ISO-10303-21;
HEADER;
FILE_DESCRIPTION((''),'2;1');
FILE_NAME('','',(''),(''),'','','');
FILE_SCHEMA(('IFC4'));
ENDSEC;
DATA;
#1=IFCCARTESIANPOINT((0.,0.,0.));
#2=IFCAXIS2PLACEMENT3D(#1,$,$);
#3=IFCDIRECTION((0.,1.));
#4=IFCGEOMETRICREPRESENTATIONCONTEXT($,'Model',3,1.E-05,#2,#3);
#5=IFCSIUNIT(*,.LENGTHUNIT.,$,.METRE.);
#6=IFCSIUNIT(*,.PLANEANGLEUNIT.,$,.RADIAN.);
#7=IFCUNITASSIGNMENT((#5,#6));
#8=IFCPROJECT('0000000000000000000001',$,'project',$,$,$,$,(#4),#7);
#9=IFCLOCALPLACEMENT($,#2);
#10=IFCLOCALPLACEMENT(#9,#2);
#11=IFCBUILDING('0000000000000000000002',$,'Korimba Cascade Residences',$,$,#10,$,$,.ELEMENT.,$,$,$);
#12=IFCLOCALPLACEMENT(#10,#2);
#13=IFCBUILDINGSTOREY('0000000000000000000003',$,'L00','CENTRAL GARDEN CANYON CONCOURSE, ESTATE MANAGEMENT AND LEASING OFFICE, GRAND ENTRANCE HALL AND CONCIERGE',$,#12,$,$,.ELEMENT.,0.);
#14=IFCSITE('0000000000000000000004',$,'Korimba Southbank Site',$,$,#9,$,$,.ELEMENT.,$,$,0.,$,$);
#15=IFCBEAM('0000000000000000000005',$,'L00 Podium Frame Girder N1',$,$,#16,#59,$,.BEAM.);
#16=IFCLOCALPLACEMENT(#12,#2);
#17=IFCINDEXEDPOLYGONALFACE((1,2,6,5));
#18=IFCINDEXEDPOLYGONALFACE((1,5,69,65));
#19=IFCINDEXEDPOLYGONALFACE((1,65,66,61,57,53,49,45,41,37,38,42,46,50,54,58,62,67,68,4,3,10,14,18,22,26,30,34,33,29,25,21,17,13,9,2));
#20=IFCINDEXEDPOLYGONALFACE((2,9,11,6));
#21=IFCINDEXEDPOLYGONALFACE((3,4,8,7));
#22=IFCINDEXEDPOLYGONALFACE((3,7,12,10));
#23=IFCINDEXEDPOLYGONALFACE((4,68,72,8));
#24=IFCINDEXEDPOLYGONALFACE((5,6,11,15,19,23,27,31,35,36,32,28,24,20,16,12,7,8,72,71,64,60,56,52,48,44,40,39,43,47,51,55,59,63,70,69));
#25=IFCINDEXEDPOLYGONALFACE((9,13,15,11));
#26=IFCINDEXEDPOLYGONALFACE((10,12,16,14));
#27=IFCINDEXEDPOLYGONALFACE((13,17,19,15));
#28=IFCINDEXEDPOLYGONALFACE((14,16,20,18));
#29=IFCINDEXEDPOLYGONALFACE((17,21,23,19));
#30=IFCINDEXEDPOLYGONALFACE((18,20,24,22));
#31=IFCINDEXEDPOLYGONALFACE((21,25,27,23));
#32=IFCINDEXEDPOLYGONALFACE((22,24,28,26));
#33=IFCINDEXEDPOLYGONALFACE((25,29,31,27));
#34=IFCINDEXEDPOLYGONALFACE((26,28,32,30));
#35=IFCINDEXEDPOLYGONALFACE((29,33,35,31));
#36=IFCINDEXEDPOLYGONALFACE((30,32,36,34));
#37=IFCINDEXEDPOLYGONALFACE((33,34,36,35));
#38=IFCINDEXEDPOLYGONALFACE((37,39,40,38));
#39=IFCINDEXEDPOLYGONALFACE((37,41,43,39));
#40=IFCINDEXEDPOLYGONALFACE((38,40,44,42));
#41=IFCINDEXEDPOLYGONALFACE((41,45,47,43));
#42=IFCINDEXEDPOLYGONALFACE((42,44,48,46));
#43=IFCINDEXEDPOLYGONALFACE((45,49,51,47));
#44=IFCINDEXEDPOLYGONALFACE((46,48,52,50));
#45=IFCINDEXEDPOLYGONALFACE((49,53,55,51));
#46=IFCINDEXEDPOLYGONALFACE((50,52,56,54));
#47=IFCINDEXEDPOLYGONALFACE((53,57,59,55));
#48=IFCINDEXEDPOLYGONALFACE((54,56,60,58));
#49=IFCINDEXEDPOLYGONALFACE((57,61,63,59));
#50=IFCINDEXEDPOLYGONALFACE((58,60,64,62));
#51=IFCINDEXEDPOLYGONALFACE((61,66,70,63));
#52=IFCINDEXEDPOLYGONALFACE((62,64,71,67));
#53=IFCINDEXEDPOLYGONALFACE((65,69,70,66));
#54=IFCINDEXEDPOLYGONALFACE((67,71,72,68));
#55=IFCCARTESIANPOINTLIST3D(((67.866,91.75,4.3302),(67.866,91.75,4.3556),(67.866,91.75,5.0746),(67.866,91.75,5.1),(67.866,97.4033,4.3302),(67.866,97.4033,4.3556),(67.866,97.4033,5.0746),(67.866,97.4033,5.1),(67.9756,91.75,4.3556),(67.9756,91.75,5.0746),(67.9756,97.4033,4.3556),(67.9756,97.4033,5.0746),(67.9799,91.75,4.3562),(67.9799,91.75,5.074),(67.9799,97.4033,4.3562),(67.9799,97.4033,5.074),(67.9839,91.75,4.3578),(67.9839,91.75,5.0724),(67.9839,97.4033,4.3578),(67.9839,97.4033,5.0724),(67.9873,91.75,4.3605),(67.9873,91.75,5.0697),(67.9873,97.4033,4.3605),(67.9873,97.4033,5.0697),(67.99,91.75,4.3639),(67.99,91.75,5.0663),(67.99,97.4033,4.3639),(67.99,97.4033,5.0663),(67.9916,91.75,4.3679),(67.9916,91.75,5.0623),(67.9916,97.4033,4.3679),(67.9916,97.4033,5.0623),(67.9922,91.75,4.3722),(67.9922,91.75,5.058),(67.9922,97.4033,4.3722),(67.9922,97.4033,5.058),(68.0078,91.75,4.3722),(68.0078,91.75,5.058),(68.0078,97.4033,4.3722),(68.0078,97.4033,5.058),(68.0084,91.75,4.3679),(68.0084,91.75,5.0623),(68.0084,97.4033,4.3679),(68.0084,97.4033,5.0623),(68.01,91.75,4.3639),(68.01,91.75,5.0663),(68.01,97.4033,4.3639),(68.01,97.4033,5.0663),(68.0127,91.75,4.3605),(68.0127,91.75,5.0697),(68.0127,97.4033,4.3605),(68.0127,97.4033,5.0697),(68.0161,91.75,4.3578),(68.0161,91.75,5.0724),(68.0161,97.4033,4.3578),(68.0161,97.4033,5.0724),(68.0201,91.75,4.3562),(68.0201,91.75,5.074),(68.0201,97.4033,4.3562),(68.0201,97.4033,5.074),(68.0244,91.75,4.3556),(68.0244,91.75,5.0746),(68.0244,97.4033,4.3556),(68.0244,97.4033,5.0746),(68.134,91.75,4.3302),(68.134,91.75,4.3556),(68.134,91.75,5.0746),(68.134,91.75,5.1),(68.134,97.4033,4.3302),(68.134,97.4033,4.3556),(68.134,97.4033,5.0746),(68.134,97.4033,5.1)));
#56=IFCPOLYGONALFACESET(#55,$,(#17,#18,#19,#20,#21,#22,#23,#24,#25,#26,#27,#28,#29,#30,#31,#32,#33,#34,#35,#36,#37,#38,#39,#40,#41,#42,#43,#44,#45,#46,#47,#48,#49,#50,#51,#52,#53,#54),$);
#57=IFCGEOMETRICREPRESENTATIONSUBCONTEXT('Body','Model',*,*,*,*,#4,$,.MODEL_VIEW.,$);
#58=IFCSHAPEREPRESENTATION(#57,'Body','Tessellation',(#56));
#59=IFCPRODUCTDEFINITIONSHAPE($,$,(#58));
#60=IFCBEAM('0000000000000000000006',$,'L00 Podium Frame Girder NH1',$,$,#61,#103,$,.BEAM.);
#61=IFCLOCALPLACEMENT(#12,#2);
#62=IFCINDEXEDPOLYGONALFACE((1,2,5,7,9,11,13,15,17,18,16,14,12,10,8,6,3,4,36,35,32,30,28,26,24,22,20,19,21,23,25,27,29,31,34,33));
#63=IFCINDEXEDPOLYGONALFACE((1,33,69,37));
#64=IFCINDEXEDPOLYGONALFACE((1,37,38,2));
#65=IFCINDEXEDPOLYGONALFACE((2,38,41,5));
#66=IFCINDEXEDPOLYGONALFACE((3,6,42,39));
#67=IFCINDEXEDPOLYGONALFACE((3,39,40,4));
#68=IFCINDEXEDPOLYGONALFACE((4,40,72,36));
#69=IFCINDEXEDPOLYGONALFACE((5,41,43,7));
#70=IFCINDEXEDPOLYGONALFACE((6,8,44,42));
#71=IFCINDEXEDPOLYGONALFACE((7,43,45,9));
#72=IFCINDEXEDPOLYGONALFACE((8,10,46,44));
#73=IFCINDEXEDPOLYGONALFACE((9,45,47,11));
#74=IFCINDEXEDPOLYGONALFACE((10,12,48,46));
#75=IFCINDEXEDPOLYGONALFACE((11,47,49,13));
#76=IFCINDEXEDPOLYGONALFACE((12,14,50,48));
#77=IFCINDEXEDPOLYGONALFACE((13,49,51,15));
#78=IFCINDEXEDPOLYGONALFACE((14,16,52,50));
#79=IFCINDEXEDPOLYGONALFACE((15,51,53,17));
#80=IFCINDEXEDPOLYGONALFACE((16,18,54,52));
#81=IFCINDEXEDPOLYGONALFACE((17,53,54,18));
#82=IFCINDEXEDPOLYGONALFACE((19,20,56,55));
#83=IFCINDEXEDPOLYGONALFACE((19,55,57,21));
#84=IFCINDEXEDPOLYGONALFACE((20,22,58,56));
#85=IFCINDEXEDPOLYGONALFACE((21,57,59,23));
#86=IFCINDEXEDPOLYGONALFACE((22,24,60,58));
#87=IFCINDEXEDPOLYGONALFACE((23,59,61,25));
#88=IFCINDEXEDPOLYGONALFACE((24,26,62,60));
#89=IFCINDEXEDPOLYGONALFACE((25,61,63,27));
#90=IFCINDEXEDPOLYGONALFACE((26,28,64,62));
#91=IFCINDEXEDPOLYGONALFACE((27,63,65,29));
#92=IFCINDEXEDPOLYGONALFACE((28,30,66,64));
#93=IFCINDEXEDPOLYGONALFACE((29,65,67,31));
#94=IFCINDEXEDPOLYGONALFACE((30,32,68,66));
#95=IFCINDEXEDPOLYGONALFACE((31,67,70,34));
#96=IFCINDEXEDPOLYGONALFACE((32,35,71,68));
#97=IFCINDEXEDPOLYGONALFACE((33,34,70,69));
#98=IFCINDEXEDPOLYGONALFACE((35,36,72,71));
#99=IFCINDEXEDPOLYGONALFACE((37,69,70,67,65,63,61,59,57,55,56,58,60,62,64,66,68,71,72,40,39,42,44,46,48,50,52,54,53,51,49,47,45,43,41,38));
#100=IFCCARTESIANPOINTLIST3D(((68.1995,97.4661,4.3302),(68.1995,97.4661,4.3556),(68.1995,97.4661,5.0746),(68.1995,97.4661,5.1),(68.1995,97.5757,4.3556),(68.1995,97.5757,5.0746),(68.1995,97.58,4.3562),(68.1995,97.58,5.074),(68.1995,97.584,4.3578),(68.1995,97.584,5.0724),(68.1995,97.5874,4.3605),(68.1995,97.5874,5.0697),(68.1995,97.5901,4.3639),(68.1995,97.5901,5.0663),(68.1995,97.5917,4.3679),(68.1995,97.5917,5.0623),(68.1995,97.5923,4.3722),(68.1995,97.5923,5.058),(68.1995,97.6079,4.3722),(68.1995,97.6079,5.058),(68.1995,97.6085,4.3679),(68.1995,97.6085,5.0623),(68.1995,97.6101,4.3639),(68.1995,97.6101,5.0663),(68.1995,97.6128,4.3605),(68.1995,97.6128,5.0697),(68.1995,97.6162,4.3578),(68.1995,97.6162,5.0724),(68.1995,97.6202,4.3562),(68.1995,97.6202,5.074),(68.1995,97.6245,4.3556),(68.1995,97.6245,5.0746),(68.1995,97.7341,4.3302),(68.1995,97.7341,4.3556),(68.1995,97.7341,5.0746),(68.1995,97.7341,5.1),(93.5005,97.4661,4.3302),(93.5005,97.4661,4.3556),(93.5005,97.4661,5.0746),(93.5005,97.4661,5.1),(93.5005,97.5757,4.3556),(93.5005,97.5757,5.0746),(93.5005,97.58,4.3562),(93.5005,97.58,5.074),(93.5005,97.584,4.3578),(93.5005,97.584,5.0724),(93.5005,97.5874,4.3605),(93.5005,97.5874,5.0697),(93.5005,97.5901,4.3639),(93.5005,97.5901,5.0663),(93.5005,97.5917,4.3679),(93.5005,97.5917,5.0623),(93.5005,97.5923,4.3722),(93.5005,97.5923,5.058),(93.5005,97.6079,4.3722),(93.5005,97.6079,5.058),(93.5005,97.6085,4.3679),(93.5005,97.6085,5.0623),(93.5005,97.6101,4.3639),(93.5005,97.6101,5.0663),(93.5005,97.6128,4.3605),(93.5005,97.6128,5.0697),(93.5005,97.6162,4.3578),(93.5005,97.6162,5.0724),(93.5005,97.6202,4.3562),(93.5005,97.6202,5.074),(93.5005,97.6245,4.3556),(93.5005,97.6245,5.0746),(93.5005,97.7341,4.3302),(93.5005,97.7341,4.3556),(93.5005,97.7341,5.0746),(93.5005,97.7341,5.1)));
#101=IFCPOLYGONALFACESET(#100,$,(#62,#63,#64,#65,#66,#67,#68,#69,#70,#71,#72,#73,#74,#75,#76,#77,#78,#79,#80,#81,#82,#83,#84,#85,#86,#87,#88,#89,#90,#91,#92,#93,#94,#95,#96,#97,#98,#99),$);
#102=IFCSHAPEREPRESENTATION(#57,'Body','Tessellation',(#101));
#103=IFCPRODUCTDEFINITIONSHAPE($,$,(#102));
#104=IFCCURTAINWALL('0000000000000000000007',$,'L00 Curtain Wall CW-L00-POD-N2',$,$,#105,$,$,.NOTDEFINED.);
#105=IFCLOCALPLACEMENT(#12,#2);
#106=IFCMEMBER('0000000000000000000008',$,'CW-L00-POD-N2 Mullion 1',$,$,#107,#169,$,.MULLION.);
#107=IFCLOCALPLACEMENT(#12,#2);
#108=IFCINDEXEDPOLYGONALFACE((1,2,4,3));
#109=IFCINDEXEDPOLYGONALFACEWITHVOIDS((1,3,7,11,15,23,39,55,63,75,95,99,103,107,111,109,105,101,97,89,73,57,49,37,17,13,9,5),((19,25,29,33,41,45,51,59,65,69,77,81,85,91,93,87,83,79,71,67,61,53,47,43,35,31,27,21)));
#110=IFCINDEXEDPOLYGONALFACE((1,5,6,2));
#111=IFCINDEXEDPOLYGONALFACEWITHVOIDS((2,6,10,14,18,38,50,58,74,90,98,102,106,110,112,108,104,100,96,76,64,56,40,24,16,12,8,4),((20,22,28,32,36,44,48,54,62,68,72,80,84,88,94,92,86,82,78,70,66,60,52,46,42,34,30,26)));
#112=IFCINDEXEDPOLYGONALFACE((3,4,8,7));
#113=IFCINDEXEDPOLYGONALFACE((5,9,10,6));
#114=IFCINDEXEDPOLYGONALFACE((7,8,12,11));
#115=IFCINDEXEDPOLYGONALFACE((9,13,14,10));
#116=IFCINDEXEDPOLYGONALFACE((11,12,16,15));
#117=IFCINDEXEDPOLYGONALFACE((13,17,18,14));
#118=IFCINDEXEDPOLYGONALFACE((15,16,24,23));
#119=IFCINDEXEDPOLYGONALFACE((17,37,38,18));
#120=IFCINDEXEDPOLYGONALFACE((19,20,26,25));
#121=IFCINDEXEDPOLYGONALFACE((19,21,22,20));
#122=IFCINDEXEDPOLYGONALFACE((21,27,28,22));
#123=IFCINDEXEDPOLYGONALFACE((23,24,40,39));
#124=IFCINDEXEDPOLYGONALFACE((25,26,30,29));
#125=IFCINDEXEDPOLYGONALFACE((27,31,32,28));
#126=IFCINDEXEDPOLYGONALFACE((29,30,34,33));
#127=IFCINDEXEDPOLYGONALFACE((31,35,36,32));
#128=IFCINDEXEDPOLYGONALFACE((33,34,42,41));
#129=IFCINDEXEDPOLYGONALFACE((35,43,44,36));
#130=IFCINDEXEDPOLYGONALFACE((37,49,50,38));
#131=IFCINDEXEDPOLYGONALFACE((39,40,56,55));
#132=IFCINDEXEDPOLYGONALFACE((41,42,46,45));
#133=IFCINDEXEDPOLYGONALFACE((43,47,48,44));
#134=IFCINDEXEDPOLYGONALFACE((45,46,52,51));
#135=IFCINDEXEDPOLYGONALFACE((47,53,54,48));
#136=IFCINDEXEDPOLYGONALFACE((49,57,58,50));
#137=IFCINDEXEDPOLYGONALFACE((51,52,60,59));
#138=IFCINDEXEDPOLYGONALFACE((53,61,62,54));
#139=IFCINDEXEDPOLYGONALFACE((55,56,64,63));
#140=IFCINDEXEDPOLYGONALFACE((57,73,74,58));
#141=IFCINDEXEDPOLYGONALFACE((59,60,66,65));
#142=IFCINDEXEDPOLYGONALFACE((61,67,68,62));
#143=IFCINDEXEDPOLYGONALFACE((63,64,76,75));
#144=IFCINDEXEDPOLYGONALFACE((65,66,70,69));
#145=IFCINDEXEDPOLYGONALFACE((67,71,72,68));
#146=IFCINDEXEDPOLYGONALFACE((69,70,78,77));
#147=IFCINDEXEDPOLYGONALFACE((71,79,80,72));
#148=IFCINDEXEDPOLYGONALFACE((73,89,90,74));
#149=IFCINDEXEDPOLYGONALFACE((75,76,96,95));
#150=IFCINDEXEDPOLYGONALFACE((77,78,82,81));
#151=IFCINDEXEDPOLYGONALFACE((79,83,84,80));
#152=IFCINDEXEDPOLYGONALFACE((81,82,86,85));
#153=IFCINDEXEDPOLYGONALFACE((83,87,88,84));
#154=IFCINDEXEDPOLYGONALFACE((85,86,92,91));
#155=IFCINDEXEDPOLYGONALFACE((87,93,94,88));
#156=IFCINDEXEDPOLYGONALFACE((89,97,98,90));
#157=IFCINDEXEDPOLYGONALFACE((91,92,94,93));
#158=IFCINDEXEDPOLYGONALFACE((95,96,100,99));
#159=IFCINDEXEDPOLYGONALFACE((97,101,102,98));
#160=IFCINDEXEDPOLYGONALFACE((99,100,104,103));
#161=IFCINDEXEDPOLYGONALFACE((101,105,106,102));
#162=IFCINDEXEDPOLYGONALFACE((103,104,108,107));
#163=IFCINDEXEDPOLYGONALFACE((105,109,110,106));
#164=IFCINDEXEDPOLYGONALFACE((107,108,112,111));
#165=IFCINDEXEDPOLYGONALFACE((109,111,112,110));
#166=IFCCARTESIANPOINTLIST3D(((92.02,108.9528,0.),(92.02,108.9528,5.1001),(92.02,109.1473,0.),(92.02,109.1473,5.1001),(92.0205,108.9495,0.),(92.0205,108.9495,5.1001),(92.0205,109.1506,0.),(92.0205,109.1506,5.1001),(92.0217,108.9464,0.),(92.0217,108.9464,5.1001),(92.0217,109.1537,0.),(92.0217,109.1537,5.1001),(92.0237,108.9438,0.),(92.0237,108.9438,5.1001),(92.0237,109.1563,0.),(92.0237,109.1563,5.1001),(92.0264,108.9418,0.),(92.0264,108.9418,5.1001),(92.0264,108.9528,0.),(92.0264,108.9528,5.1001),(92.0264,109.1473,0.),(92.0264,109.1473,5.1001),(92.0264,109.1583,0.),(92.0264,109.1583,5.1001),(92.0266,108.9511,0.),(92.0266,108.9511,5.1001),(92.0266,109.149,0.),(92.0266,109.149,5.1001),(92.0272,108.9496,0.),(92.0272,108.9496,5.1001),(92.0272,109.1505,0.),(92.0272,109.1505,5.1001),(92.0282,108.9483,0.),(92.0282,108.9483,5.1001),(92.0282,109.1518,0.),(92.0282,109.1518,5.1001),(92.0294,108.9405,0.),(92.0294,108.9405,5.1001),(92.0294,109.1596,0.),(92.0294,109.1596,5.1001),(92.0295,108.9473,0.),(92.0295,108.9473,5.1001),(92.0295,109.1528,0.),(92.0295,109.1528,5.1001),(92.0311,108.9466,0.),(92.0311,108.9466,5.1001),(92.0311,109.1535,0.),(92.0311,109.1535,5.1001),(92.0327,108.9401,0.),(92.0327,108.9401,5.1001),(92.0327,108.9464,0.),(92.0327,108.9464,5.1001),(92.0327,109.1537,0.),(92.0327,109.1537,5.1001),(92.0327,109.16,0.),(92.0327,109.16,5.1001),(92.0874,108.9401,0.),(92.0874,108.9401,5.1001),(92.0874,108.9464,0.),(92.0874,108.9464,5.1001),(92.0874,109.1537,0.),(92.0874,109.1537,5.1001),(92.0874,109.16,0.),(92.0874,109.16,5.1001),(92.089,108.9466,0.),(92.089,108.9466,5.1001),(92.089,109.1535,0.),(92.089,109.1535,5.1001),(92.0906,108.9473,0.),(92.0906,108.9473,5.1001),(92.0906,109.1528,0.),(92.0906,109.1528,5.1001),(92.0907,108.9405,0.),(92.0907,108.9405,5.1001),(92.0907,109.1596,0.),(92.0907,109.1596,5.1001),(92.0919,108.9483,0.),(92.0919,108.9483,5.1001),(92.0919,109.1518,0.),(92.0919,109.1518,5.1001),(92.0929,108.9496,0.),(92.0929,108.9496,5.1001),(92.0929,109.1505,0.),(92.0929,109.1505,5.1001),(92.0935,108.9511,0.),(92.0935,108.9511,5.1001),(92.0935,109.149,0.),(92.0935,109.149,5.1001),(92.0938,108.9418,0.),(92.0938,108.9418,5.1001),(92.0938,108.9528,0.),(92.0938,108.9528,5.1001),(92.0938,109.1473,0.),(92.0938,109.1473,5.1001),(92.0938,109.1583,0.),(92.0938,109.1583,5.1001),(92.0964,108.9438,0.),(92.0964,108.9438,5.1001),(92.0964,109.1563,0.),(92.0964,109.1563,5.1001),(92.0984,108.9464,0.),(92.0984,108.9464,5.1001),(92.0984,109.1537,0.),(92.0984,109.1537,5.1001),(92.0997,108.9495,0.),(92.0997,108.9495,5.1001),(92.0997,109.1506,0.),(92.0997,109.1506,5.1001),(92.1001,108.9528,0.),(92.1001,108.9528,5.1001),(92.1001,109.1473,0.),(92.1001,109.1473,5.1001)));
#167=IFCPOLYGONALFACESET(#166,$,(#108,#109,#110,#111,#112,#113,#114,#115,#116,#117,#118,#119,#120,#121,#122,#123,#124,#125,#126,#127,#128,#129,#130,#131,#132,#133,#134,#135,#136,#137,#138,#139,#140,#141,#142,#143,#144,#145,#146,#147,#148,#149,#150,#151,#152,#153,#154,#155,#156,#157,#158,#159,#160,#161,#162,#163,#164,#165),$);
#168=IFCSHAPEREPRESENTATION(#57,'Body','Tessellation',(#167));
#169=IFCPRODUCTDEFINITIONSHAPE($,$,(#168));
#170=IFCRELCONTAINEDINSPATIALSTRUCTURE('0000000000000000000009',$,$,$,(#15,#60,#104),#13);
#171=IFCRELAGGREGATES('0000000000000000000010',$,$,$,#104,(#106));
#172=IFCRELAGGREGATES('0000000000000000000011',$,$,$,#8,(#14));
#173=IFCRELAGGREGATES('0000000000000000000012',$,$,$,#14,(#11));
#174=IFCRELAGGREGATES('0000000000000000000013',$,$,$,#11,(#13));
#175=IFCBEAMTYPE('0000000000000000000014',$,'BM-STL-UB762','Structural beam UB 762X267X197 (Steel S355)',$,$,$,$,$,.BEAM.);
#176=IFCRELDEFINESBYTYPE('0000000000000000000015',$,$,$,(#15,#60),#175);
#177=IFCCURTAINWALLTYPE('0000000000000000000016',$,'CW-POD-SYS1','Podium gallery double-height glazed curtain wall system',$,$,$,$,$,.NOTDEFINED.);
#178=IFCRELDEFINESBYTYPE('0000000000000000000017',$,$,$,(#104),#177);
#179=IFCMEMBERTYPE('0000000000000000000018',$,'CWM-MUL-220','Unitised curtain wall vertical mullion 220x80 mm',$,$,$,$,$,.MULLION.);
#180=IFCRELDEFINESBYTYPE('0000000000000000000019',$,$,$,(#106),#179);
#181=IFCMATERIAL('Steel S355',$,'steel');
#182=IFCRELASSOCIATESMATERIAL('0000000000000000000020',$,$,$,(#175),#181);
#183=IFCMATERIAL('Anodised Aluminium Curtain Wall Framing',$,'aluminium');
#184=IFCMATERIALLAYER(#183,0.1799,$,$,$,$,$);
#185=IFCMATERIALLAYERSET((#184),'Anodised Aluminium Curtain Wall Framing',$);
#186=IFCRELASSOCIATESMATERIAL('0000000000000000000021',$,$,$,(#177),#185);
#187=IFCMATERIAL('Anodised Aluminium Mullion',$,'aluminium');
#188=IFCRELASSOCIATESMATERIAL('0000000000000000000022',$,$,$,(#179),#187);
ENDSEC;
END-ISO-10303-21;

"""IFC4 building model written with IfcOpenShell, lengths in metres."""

from ifc_helpers import new_model, si_unit, direction, frame, origin, origin_2d, place, context, subcontext, project, spatial, hollow_rectangle, i_section, extrude, material, layer, layer_set, material_profile, profile_set, type_object, element, aggregate, save


model = new_model("IFC4")

# Units and contexts
model_context = context("Model", 3, precision=1e-05, world=origin(), true_north=direction((0.0, 1.0)))
body_context = subcontext(model_context, "Body", "Model", "MODEL_VIEW")
ifc_project = project(units=[si_unit("LENGTHUNIT", "METRE"), si_unit("PLANEANGLEUNIT", "RADIAN")], contexts=[model_context])

# Site, building, storey
site_placement = place(None, origin())
site = spatial("IfcSite", under=ifc_project, at=site_placement, Name="Korimba Southbank Site", CompositionType="ELEMENT", RefElevation=0.0)
building_placement = place(site_placement, origin())
building = spatial("IfcBuilding", under=site, at=building_placement, Name="Korimba Cascade Residences", CompositionType="ELEMENT")
storey_placement = place(building_placement, origin())
storey = spatial("IfcBuildingStorey", under=building, at=storey_placement, Name="L00", Description="CENTRAL GARDEN CANYON CONCOURSE, ESTATE MANAGEMENT AND LEASING OFFICE, GRAND ENTRANCE HALL AND CONCIERGE", CompositionType="ELEMENT", Elevation=0.0)

# Shared definitions
ifc_material_1 = material(Name="Steel S355", Category="steel")

# Beams
ifc_material_profile_1 = material_profile(ifc_material_1, i_section(OverallWidth=0.2681, OverallDepth=0.7698, WebThickness=0.0156, FlangeThickness=0.0254, FilletRadius=0.0166, at=origin_2d()), Name="Steel S355")
ifc_profile_set_1 = profile_set([ifc_material_profile_1], Name="Steel S355")
beam_type_1 = type_object("IfcBeamType", Name="BM-STL-UB762", Description="Structural beam UB 762X267X197 (Steel S355)", PredefinedType="BEAM", material=ifc_profile_set_1)
beam_1_placement = place(storey_placement, frame((68.0, 91.75, 4.7151), z_axis=(0.0, 1.0, 0.0), x_axis=(-1.0, 0.0, 0.0)))
element("IfcBeam", 1, at=beam_1_placement, inside=storey, type_object=beam_type_1, Name="L00 Podium Frame Girder N1", PredefinedType="BEAM", context=body_context, shape_type="SweptSolid", body=[
    extrude(i_section(OverallWidth=0.2681, OverallDepth=0.7698, WebThickness=0.0156, FlangeThickness=0.0254, FilletRadius=0.0166, at=origin_2d()), origin(), (0.0, 0.0, 1.0), 5.6533),
])
beam_2_placement = place(storey_placement, frame((68.1995, 97.6001, 4.7151), z_axis=(1.0, 0.0, 0.0), x_axis=(0.0, 1.0, 0.0)))
element("IfcBeam", 2, at=beam_2_placement, inside=storey, type_object=beam_type_1, Name="L00 Podium Frame Girder NH1", PredefinedType="BEAM", context=body_context, shape_type="SweptSolid", body=[
    extrude(i_section(OverallWidth=0.2681, OverallDepth=0.7698, WebThickness=0.0156, FlangeThickness=0.0254, FilletRadius=0.0166, at=origin_2d()), origin(), (0.0, 0.0, 1.0), 25.301),
])

# Curtain wall, member
ifc_material_2 = material(Name="Anodised Aluminium Curtain Wall Framing", Category="aluminium")
ifc_layer_1 = layer(ifc_material_2, 0.1799)
ifc_layer_set_1 = layer_set([ifc_layer_1], Name="Anodised Aluminium Curtain Wall Framing")
curtain_wall_type = type_object("IfcCurtainWallType", Name="CW-POD-SYS1", Description="Podium gallery double-height glazed curtain wall system", PredefinedType="NOTDEFINED", material=ifc_layer_set_1)
curtain_wall_placement = place(storey_placement, origin())
curtain_wall = element("IfcCurtainWall", 3, at=curtain_wall_placement, inside=storey, type_object=curtain_wall_type, Name="L00 Curtain Wall CW-L00-POD-N2", PredefinedType="NOTDEFINED")
ifc_material_3 = material(Name="Anodised Aluminium Mullion", Category="aluminium")
ifc_material_profile_2 = material_profile(ifc_material_3, hollow_rectangle(XDim=0.0801, YDim=0.22, WallThickness=0.0063, InnerFilletRadius=0.0063, OuterFilletRadius=0.0127, at=origin_2d()), Name="Anodised Aluminium Mullion")
ifc_profile_set_2 = profile_set([ifc_material_profile_2], Name="Anodised Aluminium Mullion")
member_type_1 = type_object("IfcMemberType", Name="CWM-MUL-220", Description="Unitised curtain wall vertical mullion 220x80 mm", PredefinedType="MULLION", material=ifc_profile_set_2)
member_1_placement = place(storey_placement, frame((92.0601, 109.05, 0.0), z_axis=(0.0, 0.0, 1.0), x_axis=(-1.0, 0.0, 0.0)))
member_1 = element("IfcMember", 4, at=member_1_placement, type_object=member_type_1, Name="CW-L00-POD-N2 Mullion 1", PredefinedType="MULLION", context=body_context, shape_type="SweptSolid", body=[
    extrude(hollow_rectangle(XDim=0.0801, YDim=0.22, WallThickness=0.0063, InnerFilletRadius=0.0063, OuterFilletRadius=0.0127, at=origin_2d()), origin(), (0.0, 0.0, 1.0), 5.1001),
])
aggregate(curtain_wall, [member_1])

save(model, "model.ifc")
